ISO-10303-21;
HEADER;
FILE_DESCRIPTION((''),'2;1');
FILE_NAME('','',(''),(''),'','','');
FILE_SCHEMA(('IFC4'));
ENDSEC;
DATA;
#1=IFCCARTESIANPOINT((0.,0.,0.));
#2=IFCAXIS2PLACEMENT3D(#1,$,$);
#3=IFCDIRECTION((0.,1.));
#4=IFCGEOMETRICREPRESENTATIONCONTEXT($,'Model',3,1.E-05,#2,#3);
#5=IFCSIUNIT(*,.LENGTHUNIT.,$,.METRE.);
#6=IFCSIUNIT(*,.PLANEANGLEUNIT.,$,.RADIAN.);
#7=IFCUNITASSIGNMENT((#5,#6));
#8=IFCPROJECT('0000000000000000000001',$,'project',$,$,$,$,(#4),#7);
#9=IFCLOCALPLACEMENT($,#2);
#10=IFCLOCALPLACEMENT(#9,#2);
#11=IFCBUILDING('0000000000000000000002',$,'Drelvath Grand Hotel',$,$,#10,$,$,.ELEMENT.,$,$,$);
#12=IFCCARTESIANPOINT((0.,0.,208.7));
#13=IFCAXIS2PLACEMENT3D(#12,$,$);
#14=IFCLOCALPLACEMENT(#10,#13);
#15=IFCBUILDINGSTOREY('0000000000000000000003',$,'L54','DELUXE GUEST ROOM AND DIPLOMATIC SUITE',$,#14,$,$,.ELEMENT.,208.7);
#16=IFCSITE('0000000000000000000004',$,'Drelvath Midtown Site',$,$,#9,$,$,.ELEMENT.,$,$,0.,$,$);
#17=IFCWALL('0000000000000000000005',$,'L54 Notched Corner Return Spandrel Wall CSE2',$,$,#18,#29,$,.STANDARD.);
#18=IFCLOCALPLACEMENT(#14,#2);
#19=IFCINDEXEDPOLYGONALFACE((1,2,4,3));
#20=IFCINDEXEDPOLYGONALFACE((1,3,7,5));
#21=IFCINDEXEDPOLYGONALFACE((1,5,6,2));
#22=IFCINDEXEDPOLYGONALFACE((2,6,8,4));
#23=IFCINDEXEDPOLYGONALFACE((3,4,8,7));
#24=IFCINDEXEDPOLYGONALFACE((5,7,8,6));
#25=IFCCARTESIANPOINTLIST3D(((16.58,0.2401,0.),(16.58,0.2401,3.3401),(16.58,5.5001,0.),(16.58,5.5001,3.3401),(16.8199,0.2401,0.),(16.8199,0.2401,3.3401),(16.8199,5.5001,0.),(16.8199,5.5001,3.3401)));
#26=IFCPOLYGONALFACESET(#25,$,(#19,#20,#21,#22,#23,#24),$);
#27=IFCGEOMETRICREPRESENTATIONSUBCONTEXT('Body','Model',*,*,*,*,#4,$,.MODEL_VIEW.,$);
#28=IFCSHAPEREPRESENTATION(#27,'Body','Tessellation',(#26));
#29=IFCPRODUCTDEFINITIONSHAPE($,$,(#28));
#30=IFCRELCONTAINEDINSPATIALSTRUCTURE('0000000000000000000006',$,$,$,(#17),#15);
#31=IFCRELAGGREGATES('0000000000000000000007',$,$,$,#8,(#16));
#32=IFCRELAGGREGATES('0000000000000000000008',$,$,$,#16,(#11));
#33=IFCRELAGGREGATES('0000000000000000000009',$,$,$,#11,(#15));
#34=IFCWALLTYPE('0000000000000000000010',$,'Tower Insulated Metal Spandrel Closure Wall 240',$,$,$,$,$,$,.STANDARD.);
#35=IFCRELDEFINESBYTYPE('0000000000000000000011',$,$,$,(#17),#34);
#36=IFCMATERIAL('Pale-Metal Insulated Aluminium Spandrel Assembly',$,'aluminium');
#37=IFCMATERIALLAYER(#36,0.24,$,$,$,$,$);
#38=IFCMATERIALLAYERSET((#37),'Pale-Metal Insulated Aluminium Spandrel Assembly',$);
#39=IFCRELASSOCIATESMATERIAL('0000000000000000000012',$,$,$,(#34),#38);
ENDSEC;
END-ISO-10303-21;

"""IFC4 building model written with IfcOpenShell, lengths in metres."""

from ifc_helpers import new_model, si_unit, direction, frame, frame_2d, origin, place, context, subcontext, project, spatial, rectangle, extrude, material, layer, layer_set, type_object, element, save


model = new_model("IFC4")

# Units and contexts
model_context = context("Model", 3, precision=1e-05, world=origin(), true_north=direction((0.0, 1.0)))
body_context = subcontext(model_context, "Body", "Model", "MODEL_VIEW")
ifc_project = project(units=[si_unit("LENGTHUNIT", "METRE"), si_unit("PLANEANGLEUNIT", "RADIAN")], contexts=[model_context])

# Site, building, storey
site_placement = place(None, origin())
site = spatial("IfcSite", under=ifc_project, at=site_placement, Name="Drelvath Midtown Site", CompositionType="ELEMENT", RefElevation=0.0)
building_placement = place(site_placement, origin())
building = spatial("IfcBuilding", under=site, at=building_placement, Name="Drelvath Grand Hotel", CompositionType="ELEMENT")
storey_placement = place(building_placement, frame((0.0, 0.0, 208.7)))
storey = spatial("IfcBuildingStorey", under=building, at=storey_placement, Name="L54", Description="DELUXE GUEST ROOM AND DIPLOMATIC SUITE", CompositionType="ELEMENT", Elevation=208.7)

# Wall
ifc_material_1 = material(Name="Pale-Metal Insulated Aluminium Spandrel Assembly", Category="aluminium")
ifc_layer_1 = layer(ifc_material_1, 0.24)
ifc_layer_set_1 = layer_set([ifc_layer_1], Name="Pale-Metal Insulated Aluminium Spandrel Assembly")
wall_type_1 = type_object("IfcWallType", Name="Tower Insulated Metal Spandrel Closure Wall 240", PredefinedType="STANDARD", material=ifc_layer_set_1)
wall_1_placement = place(storey_placement, frame((16.7, 5.5, 0.0), z_axis=(0.0, 0.0, 1.0), x_axis=(0.0, -1.0, 0.0)))
element("IfcWall", 1, at=wall_1_placement, inside=storey, type_object=wall_type_1, Name="L54 Notched Corner Return Spandrel Wall CSE2", PredefinedType="STANDARD", context=body_context, shape_type="SweptSolid", body=[
    extrude(rectangle(XDim=5.26, YDim=0.24, at=frame_2d((2.6299, 0.0))), origin(), (0.0, 0.0, 1.0), 3.3401),
])

save(model, "model.ifc")
